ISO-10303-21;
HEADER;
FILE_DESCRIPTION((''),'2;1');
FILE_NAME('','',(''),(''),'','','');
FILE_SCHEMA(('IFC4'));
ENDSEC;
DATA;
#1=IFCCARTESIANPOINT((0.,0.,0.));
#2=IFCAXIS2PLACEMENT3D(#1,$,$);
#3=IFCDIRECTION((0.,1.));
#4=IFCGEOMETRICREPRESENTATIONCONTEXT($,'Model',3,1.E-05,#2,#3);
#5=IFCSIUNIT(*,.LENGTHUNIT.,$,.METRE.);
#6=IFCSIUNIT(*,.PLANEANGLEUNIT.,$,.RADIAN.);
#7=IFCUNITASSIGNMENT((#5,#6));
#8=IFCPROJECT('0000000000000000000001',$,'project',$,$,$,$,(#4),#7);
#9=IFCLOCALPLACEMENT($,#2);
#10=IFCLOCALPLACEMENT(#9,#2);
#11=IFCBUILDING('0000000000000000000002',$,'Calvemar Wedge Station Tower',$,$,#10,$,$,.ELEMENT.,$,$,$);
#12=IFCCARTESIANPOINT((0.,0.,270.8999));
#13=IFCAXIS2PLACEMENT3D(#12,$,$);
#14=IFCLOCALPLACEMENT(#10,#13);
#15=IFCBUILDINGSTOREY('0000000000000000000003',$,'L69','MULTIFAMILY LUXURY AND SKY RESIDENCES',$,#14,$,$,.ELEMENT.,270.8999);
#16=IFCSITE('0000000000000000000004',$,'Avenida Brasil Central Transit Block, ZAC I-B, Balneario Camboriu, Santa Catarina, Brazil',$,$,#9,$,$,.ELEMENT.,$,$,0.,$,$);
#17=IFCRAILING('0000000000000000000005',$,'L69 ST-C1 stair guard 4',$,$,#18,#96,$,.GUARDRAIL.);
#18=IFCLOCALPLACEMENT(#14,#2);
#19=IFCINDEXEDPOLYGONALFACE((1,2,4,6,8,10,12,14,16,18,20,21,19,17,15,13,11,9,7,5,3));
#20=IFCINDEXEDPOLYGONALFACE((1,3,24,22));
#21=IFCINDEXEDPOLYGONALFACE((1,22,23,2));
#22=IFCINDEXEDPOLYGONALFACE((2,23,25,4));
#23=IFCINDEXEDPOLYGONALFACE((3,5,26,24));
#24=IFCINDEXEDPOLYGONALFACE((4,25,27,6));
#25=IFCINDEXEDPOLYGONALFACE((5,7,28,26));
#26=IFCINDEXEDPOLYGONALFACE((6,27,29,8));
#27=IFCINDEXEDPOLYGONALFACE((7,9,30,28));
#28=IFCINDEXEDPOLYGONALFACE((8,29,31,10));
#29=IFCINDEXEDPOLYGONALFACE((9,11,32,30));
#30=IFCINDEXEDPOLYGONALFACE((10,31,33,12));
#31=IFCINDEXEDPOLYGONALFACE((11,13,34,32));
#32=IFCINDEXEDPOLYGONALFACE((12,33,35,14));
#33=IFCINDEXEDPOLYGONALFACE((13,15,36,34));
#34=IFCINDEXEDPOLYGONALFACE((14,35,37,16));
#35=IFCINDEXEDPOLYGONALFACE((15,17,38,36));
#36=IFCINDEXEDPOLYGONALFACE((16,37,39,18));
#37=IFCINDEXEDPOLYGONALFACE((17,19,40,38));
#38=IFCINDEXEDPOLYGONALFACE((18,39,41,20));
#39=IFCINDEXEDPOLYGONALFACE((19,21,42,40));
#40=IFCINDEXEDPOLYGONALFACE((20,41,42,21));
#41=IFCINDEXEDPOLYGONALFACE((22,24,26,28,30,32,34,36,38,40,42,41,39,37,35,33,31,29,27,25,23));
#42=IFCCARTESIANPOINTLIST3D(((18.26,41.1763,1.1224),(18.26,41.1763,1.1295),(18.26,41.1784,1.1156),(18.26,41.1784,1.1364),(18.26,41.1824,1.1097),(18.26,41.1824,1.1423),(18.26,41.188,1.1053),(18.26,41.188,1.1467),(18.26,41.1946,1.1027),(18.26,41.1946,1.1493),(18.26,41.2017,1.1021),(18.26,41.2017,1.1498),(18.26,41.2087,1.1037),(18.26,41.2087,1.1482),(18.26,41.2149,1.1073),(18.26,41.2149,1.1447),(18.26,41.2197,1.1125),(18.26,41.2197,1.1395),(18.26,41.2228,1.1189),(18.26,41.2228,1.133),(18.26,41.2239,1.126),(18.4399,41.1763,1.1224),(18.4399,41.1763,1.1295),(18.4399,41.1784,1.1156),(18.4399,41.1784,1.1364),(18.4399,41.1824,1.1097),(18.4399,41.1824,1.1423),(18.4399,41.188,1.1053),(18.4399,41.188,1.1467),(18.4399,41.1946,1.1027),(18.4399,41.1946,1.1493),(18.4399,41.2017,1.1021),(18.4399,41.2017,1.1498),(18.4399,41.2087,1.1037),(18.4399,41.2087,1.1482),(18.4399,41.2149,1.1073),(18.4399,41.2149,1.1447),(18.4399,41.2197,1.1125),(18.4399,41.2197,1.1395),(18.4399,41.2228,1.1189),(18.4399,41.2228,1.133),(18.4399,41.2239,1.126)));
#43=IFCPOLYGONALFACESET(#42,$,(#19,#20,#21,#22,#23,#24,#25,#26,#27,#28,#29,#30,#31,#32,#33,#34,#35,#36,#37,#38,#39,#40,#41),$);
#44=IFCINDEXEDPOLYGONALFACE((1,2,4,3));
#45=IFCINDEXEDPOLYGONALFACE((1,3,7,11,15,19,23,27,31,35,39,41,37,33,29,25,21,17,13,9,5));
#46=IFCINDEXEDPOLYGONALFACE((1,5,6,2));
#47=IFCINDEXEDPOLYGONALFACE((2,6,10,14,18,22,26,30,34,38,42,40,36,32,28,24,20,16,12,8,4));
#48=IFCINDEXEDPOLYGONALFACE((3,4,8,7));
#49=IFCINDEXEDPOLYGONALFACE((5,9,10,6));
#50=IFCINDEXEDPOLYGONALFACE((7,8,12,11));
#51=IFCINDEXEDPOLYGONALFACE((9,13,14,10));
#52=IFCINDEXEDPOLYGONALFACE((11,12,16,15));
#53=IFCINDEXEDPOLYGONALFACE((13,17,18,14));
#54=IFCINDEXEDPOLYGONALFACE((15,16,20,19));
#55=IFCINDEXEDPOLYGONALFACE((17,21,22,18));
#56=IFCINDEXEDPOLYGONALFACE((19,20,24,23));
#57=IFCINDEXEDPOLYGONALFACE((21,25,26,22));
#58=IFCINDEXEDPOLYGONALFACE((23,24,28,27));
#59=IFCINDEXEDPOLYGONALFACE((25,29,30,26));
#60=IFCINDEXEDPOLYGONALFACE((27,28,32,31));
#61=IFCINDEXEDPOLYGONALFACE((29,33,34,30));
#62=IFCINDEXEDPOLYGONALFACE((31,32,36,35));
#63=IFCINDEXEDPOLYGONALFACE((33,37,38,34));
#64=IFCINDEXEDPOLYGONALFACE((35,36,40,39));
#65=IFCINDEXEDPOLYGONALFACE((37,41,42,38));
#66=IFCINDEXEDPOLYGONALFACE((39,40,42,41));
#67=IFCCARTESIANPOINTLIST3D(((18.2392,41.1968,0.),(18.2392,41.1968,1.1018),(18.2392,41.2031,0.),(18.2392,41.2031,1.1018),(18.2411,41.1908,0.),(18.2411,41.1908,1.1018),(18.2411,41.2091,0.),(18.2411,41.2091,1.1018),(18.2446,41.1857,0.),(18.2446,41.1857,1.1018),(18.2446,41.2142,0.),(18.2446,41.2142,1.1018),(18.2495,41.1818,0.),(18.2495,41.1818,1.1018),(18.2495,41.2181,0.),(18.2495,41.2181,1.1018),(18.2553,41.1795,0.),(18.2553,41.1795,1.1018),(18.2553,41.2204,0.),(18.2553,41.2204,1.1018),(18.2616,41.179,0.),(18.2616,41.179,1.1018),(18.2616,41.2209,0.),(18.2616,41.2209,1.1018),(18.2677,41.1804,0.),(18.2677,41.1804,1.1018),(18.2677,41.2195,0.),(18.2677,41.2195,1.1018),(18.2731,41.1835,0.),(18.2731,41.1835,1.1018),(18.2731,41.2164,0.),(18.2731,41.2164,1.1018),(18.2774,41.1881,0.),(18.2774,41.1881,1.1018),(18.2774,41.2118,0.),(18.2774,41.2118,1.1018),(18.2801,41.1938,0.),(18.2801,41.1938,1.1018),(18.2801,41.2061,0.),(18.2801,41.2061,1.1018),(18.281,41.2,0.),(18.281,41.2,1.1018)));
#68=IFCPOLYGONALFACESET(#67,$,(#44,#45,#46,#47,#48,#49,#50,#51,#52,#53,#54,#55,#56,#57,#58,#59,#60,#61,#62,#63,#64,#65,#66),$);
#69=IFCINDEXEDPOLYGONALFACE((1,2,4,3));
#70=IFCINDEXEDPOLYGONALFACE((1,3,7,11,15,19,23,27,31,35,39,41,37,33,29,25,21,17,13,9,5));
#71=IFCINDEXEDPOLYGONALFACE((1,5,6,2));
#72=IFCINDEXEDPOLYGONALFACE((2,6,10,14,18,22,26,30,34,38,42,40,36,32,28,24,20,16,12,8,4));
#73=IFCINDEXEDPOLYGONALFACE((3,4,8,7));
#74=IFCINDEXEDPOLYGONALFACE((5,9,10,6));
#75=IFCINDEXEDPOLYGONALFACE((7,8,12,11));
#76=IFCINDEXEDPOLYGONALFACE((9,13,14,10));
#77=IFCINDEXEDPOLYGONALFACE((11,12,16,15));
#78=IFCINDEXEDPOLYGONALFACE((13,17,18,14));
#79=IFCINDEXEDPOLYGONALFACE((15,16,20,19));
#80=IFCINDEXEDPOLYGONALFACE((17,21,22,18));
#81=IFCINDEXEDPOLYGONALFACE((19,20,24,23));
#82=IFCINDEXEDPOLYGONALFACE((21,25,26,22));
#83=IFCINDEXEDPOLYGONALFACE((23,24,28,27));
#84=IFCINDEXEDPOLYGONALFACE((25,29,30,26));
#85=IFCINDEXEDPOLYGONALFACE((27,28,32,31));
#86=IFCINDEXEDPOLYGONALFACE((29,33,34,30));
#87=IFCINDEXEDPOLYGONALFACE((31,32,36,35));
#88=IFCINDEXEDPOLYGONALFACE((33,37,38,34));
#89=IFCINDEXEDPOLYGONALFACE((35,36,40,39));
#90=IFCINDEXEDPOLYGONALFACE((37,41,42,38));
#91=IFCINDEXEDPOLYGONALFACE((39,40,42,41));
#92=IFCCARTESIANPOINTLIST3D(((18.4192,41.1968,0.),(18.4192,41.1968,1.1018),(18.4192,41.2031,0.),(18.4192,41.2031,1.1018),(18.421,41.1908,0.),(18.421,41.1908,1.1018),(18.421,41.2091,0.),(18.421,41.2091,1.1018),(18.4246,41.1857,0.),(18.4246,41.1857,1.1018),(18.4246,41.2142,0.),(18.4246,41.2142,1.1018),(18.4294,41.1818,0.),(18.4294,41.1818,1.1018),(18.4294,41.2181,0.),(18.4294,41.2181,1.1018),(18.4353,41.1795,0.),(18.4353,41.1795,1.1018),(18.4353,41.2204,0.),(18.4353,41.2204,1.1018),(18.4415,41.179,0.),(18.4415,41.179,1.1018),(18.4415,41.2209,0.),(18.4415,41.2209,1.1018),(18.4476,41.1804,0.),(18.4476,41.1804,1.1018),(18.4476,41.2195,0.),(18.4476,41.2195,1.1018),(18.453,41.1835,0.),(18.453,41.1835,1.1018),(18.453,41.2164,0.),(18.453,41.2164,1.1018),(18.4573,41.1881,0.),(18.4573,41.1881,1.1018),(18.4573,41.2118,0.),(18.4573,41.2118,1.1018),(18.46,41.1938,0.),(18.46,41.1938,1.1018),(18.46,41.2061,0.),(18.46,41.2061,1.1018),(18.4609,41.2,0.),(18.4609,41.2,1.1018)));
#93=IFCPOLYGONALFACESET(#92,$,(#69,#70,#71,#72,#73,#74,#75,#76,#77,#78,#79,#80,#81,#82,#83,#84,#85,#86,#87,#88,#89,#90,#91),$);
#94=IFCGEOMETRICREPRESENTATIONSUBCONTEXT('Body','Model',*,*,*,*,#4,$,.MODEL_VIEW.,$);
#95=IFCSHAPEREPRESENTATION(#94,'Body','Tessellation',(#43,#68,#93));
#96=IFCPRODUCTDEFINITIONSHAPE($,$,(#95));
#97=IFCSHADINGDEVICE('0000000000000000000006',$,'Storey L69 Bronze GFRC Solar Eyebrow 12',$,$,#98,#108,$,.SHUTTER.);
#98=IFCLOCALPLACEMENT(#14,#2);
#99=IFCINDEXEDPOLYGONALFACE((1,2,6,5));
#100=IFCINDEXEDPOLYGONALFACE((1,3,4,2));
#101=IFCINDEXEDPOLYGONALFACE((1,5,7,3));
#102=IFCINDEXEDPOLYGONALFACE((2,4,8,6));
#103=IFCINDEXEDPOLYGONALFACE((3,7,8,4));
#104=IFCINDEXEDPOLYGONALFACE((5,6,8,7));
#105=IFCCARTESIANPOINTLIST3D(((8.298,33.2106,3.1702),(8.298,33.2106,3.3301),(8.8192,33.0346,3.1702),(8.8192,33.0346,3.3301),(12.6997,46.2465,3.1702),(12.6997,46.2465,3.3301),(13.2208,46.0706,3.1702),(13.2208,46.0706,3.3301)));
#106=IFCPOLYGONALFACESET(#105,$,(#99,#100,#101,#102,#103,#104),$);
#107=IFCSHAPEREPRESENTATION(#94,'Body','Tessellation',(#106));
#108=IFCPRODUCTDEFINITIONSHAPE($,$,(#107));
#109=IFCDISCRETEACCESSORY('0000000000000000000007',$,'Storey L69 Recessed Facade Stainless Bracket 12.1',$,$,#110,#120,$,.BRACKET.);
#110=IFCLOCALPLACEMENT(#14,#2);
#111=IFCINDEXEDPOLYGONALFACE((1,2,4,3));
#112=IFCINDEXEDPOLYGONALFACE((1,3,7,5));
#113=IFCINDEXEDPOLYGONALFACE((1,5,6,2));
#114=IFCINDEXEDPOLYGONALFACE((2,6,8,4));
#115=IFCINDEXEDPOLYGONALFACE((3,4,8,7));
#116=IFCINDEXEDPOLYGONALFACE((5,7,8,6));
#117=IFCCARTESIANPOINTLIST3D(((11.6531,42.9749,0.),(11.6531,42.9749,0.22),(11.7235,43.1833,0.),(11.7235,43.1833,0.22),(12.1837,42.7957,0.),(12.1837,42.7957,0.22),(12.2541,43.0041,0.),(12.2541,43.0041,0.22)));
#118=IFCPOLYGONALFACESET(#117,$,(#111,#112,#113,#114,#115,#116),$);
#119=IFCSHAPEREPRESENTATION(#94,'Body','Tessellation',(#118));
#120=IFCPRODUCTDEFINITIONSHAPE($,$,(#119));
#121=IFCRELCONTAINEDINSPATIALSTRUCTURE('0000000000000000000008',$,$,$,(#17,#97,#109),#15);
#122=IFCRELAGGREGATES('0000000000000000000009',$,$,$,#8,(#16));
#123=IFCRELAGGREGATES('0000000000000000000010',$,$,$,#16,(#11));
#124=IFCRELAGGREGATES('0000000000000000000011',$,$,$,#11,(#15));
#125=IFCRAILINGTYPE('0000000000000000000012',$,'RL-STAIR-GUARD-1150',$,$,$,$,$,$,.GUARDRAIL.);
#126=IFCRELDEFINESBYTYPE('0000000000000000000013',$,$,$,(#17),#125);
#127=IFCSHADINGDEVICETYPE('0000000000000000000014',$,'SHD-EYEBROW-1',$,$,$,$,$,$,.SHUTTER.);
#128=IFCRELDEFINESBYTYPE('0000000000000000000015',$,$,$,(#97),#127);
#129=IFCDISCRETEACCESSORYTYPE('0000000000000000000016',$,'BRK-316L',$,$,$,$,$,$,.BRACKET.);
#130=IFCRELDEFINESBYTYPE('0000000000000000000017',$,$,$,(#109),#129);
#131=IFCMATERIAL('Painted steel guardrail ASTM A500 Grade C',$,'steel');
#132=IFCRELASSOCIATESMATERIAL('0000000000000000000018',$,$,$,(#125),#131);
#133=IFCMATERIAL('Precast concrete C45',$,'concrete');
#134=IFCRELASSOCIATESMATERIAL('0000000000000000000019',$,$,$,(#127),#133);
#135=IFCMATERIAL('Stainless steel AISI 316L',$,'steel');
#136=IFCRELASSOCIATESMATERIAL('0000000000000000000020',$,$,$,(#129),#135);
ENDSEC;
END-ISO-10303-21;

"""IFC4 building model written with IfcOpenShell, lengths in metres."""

from ifc_helpers import new_model, si_unit, direction, frame, frame_2d, origin, origin_2d, place, context, subcontext, project, spatial, rectangle, circle, extrude, source, transform, mapped, material, type_object, element, save


model = new_model("IFC4")

# Units and contexts
model_context = context("Model", 3, precision=1e-05, world=origin(), true_north=direction((0.0, 1.0)))
body_context = subcontext(model_context, "Body", "Model", "MODEL_VIEW")
ifc_project = project(units=[si_unit("LENGTHUNIT", "METRE"), si_unit("PLANEANGLEUNIT", "RADIAN")], contexts=[model_context])

# Site, building, storey
site_placement = place(None, origin())
site = spatial("IfcSite", under=ifc_project, at=site_placement, Name="Avenida Brasil Central Transit Block, ZAC I-B, Balneario Camboriu, Santa Catarina, Brazil", CompositionType="ELEMENT", RefElevation=0.0)
building_placement = place(site_placement, origin())
building = spatial("IfcBuilding", under=site, at=building_placement, Name="Calvemar Wedge Station Tower", CompositionType="ELEMENT")
storey_placement = place(building_placement, frame((0.0, 0.0, 270.8999)))
storey = spatial("IfcBuildingStorey", under=building, at=storey_placement, Name="L69", Description="MULTIFAMILY LUXURY AND SKY RESIDENCES", CompositionType="ELEMENT", Elevation=270.8999)

# Shared definitions
ifc_material_1 = material(Name="Precast concrete C45", Category="concrete")

# Railing
ifc_material_2 = material(Name="Stainless steel AISI 316L", Category="steel")
ifc_material_3 = material(Name="Painted steel guardrail ASTM A500 Grade C", Category="steel")
railing_type_1 = type_object("IfcRailingType", Name="RL-STAIR-GUARD-1150", PredefinedType="GUARDRAIL", material=ifc_material_3)
railing_1_placement = place(storey_placement, frame((18.26, 41.2, 0.0)))
element("IfcRailing", 1, at=railing_1_placement, inside=storey, type_object=railing_type_1, Name="L69 ST-C1 stair guard 4", PredefinedType="GUARDRAIL", context=body_context, shape_type="SweptSolid", body=[
    extrude(circle(Radius=0.0239, at=origin_2d()), frame((0.0, 0.0, 1.126), z_axis=(1.0, 0.0, 0.0), x_axis=(0.0, 1.0, 0.0)), (0.0, 0.0, 1.0), 0.1799),
    extrude(circle(Radius=0.021, at=origin_2d()), origin(), (0.0, 0.0, 1.0), 1.1018),
    extrude(circle(Radius=0.021, at=origin_2d()), frame((0.1799, 0.0, 0.0)), (0.0, 0.0, 1.0), 1.1018),
])

# Shading device
shading_device_type = type_object("IfcShadingDeviceType", Name="SHD-EYEBROW-1", PredefinedType="SHUTTER", material=ifc_material_1)
shading_device_placement = place(storey_placement, frame((12.9602, 46.1584, 3.1702), z_axis=(0.0, 0.0, 1.0), x_axis=(-0.319909, -0.947448, 0.0)))
element("IfcShadingDevice", 2, at=shading_device_placement, inside=storey, type_object=shading_device_type, Name="Storey L69 Bronze GFRC Solar Eyebrow 12", PredefinedType="SHUTTER", context=body_context, shape_type="SweptSolid", body=[
    extrude(rectangle(XDim=13.759, YDim=0.55, at=frame_2d((6.8794, 0.0))), origin(), (0.0, 0.0, 1.0), 0.1599),
])

# Discrete accessory
discrete_accessory_type = type_object("IfcDiscreteAccessoryType", Name="BRK-316L", PredefinedType="BRACKET", material=ifc_material_2)
shared_shape_1 = source(origin(), body_context, "Body", "SweptSolid", [
    extrude(rectangle(XDim=0.22, YDim=0.5601, at=origin_2d()), origin(), (0.0, 0.0, 1.0), 0.22),
])
discrete_accessory_placement = place(storey_placement, frame((11.9536, 42.9895, 0.0), z_axis=(0.0, 0.0, 1.0), x_axis=(-0.319952, -0.947434, 0.0)))
element("IfcDiscreteAccessory", 3, at=discrete_accessory_placement, inside=storey, type_object=discrete_accessory_type, Name="Storey L69 Recessed Facade Stainless Bracket 12.1", PredefinedType="BRACKET", context=body_context, shape_type="MappedRepresentation", body=[
    mapped(shared_shape_1, transform((0.0, 0.0, 0.0), scale=1.0)),
])

save(model, "model.ifc")
